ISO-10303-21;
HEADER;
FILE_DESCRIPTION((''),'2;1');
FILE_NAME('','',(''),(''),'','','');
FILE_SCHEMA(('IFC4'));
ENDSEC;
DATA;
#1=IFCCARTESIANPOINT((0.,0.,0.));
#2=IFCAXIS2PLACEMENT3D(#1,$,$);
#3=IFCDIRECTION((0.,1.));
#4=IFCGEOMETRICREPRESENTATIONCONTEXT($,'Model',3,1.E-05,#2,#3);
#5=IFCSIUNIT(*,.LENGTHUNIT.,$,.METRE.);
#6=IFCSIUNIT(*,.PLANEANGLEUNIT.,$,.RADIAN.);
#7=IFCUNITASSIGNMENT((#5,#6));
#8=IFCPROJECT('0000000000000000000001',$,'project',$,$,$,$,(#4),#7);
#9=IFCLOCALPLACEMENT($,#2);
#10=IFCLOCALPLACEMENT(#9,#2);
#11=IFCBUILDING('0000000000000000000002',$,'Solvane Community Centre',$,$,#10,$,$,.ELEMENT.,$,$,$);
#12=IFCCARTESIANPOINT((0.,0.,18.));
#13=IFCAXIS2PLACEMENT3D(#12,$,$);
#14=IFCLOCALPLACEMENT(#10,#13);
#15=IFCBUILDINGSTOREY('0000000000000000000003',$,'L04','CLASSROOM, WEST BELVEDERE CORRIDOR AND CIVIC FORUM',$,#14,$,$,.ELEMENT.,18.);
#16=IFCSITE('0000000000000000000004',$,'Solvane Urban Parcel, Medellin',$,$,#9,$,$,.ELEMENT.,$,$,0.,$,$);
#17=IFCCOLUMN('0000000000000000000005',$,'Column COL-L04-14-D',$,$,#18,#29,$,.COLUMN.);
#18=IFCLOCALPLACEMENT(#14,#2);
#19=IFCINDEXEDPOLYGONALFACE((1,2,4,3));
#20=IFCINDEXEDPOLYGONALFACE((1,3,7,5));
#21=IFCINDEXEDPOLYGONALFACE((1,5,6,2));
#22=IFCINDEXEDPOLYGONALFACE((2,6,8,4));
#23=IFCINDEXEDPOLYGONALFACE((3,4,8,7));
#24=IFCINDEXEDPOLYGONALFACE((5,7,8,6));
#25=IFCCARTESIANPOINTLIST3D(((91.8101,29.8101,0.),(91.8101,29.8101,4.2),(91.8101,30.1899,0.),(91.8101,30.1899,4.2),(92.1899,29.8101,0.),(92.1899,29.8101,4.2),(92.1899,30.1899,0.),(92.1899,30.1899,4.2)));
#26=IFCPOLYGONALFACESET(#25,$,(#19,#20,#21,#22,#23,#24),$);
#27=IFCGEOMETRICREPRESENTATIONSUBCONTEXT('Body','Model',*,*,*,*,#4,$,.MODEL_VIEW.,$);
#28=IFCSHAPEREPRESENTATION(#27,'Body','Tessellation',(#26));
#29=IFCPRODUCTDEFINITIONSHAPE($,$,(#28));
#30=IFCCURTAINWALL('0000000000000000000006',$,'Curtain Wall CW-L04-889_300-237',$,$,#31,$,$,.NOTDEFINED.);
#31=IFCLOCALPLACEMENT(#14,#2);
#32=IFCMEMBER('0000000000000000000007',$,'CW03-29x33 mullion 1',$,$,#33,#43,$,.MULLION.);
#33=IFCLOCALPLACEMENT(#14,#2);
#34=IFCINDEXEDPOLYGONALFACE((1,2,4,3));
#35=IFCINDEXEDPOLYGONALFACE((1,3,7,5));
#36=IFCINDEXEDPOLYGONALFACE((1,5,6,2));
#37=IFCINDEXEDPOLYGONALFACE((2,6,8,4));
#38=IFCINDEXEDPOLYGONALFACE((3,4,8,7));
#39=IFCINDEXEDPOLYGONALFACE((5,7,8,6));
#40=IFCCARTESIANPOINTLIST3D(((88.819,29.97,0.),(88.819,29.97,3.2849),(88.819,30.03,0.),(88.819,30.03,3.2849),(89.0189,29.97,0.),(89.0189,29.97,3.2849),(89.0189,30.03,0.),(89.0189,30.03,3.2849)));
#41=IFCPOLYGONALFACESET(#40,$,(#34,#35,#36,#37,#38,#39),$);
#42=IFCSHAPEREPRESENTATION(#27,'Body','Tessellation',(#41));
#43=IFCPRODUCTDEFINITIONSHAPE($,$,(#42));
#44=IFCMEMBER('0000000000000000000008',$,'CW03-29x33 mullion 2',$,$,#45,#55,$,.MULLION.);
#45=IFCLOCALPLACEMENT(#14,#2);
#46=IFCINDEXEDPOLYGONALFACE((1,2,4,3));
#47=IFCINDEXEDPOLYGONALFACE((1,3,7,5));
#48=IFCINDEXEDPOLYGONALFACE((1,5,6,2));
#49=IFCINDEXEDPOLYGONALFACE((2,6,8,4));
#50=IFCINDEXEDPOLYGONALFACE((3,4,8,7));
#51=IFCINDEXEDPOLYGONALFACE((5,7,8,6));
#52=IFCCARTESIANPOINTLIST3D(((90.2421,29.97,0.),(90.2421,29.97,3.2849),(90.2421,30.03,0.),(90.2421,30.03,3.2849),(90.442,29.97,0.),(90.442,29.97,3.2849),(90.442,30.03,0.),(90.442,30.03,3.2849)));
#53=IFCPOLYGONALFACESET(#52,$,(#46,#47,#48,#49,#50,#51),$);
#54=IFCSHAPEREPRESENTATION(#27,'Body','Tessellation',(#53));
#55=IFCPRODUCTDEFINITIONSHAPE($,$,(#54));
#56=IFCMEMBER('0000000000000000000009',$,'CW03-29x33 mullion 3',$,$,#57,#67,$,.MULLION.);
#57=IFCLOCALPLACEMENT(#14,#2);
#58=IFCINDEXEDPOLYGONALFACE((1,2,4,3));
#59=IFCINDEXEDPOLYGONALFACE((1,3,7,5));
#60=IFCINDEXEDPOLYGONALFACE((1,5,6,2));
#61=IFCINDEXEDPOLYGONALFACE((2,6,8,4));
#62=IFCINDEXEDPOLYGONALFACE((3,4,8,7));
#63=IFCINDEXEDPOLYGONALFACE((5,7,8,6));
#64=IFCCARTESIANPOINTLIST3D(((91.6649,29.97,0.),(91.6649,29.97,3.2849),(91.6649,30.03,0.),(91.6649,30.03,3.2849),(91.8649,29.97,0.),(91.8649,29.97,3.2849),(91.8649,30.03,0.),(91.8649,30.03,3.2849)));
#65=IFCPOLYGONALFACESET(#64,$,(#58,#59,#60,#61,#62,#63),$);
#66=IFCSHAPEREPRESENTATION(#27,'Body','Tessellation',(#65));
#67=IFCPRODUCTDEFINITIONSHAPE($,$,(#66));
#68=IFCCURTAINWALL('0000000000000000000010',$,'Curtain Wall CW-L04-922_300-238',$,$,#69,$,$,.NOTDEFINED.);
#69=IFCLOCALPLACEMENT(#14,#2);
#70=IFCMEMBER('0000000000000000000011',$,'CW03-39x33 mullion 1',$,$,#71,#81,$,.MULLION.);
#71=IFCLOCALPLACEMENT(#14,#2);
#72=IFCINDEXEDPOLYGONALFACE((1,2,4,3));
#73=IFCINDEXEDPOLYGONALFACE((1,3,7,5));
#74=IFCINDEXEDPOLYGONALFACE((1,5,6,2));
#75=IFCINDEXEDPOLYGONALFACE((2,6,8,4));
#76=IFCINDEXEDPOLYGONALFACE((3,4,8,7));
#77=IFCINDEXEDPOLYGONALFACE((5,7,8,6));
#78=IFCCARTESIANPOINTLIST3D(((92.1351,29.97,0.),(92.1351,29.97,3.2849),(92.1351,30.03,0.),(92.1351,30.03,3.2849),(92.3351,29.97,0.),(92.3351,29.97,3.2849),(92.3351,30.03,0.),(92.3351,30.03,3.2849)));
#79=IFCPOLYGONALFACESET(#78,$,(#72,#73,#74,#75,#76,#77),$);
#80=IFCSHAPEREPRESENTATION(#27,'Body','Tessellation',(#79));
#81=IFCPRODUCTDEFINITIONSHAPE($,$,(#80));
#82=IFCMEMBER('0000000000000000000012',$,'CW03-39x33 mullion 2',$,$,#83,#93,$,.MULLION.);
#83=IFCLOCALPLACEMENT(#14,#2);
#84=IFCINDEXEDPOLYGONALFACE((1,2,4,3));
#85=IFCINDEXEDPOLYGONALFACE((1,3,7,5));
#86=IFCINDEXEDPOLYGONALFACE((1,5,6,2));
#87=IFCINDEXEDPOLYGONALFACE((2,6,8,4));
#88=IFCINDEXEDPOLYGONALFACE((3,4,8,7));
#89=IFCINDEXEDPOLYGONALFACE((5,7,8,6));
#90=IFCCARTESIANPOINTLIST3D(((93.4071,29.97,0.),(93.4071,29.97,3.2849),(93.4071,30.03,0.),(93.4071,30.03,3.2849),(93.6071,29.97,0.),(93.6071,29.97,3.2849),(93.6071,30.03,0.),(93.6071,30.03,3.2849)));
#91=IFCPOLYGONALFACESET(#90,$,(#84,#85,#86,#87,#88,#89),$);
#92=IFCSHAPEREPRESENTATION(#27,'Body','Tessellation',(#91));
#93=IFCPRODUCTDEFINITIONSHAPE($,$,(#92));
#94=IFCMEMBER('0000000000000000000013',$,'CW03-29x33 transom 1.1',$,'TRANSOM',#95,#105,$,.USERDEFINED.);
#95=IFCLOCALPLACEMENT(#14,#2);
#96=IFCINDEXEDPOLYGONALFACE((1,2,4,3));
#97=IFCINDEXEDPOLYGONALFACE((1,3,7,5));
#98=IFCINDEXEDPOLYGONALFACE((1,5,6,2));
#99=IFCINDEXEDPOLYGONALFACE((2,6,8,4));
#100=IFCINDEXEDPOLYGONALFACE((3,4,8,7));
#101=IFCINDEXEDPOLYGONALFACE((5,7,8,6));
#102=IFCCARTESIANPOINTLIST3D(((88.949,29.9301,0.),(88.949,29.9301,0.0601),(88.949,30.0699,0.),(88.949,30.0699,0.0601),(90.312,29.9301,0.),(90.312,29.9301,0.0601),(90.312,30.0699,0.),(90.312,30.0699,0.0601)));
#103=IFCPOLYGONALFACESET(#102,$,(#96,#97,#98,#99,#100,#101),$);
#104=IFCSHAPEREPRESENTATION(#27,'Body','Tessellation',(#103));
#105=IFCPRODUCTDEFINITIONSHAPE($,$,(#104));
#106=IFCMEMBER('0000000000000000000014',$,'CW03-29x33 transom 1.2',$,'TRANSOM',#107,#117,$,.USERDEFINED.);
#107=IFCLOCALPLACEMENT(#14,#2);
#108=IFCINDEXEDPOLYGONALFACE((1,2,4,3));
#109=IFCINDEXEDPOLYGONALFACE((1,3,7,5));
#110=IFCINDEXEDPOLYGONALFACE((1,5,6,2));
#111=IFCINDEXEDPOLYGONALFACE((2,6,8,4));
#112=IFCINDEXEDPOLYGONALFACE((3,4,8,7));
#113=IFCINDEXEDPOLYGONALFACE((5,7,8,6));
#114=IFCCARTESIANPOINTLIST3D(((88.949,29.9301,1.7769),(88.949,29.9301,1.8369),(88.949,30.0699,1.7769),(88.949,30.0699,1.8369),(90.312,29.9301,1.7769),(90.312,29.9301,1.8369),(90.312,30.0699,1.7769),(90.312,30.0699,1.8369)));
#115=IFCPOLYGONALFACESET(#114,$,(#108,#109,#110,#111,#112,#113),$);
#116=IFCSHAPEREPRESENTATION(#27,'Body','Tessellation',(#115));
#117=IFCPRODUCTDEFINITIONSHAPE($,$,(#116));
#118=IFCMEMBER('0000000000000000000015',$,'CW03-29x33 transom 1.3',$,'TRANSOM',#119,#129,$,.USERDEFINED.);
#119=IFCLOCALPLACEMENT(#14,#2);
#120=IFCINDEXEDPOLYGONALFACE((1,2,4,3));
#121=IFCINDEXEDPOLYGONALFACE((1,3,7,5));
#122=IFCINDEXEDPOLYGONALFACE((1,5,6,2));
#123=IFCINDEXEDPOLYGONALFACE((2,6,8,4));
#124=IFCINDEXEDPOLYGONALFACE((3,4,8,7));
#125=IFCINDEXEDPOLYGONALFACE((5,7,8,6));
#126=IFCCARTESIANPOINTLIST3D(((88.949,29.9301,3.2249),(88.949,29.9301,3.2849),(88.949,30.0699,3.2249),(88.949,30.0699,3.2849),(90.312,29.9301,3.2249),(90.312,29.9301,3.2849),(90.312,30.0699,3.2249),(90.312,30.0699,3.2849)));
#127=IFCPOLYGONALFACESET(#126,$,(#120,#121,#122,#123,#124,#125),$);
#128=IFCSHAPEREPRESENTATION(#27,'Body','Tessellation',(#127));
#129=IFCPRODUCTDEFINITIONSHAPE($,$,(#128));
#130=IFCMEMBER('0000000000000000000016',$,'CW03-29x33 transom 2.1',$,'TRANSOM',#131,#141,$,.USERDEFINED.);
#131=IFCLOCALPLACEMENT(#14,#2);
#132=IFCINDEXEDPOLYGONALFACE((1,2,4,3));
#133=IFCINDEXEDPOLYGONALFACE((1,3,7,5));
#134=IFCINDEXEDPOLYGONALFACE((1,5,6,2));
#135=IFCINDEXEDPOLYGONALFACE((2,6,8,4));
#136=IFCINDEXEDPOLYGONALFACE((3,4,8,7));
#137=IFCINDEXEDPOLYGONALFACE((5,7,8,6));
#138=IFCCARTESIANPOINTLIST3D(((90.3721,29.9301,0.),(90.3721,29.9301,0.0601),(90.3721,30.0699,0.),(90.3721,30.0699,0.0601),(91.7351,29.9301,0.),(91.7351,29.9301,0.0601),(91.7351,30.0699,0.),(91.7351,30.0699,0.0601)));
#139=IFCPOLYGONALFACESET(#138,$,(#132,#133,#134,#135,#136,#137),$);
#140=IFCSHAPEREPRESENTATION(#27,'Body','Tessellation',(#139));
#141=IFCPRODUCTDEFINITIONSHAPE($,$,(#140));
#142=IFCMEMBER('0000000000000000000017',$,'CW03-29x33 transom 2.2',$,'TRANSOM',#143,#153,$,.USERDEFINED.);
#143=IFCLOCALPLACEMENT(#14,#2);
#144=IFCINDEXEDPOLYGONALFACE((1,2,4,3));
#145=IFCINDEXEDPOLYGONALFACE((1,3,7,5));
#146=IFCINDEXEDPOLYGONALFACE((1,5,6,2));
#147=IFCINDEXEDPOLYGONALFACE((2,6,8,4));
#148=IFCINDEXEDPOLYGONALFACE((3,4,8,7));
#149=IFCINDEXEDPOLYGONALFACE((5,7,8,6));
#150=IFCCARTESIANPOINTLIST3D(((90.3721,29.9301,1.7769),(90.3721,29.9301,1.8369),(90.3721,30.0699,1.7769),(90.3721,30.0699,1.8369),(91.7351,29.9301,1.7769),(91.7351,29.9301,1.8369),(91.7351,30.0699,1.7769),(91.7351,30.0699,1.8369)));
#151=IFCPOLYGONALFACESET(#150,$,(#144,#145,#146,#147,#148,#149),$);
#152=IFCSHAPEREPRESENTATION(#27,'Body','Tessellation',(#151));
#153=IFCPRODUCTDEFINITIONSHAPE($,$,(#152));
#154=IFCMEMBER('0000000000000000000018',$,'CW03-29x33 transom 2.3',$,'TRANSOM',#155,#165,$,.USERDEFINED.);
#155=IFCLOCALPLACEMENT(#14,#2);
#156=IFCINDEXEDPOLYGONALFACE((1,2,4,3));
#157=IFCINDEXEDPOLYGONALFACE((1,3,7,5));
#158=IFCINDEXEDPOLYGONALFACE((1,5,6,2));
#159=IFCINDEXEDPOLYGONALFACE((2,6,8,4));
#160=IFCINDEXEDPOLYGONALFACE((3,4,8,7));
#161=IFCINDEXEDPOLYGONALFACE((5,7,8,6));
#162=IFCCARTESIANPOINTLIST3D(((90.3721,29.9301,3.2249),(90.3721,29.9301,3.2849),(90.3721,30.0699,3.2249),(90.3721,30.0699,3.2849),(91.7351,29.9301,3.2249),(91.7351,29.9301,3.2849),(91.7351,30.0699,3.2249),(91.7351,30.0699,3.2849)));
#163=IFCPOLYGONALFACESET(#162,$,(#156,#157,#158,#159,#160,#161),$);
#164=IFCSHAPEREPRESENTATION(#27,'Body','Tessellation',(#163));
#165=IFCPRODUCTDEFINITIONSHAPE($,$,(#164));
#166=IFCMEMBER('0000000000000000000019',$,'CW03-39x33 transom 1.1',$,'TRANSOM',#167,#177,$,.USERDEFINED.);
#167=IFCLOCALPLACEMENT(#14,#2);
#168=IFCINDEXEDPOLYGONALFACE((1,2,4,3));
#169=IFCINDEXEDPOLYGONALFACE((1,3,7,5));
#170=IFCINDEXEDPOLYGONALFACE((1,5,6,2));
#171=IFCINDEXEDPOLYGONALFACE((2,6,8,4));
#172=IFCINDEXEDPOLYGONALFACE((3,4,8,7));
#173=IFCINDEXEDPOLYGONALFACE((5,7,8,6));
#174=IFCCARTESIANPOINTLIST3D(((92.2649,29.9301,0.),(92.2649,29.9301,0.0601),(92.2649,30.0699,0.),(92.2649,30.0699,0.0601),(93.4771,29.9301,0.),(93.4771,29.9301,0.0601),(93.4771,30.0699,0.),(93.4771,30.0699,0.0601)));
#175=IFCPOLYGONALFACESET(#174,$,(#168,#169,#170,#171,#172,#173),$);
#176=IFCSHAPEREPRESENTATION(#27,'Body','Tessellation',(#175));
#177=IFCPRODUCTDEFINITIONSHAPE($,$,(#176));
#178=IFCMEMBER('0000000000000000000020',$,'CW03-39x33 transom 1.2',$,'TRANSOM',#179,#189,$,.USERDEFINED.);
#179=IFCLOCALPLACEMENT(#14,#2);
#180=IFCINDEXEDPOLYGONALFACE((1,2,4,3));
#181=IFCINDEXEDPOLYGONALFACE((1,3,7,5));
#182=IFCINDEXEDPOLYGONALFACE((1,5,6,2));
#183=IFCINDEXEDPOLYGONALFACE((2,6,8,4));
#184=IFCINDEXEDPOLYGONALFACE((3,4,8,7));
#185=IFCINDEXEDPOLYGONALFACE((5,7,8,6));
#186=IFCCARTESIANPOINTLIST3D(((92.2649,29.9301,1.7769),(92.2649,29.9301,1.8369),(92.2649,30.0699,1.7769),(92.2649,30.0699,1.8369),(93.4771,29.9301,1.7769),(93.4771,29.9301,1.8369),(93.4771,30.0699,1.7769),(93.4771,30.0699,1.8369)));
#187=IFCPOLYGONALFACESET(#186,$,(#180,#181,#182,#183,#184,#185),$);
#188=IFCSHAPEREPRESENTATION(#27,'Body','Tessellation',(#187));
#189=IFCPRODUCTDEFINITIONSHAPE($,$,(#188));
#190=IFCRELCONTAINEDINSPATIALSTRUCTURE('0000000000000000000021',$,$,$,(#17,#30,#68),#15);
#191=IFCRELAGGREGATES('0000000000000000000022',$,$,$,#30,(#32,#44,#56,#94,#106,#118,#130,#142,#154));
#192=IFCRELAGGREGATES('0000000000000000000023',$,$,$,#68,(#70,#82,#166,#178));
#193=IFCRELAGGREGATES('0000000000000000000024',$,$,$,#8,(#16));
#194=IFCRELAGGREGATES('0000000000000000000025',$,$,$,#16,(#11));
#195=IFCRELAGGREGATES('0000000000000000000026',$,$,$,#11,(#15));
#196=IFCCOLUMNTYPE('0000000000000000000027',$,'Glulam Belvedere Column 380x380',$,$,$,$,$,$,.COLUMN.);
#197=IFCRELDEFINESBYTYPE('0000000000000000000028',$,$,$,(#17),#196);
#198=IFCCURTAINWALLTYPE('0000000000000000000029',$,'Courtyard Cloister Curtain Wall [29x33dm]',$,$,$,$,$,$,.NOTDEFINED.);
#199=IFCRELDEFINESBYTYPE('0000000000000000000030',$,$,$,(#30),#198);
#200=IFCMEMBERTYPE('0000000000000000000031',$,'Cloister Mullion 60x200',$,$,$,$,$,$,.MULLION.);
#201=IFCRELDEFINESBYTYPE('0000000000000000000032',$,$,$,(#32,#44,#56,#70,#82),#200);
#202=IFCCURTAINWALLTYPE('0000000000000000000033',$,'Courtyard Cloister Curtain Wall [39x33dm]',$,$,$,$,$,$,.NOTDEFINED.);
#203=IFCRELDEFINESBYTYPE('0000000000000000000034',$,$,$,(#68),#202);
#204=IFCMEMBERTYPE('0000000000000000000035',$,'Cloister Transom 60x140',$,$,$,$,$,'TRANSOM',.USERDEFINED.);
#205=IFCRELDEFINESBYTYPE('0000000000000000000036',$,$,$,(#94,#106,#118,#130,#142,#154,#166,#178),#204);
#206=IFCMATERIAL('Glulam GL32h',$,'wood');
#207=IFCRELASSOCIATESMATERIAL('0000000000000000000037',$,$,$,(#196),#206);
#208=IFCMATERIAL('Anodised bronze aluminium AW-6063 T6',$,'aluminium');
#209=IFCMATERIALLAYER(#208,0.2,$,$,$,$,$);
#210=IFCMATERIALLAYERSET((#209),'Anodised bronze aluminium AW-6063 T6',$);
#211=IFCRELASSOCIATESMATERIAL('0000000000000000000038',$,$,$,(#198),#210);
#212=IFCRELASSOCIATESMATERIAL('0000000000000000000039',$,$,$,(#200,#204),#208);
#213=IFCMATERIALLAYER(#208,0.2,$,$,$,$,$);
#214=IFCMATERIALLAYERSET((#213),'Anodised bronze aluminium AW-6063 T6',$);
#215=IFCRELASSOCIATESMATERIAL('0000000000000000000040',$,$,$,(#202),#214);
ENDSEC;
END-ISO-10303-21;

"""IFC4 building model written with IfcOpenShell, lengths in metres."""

from ifc_helpers import new_model, si_unit, direction, frame, origin, origin_2d, place, context, subcontext, project, spatial, rectangle, extrude, material, layer, layer_set, material_profile, profile_set, type_object, element, aggregate, save


model = new_model("IFC4")

# Units and contexts
model_context = context("Model", 3, precision=1e-05, world=origin(), true_north=direction((0.0, 1.0)))
body_context = subcontext(model_context, "Body", "Model", "MODEL_VIEW")
ifc_project = project(units=[si_unit("LENGTHUNIT", "METRE"), si_unit("PLANEANGLEUNIT", "RADIAN")], contexts=[model_context])

# Site, building, storey
site_placement = place(None, origin())
site = spatial("IfcSite", under=ifc_project, at=site_placement, Name="Solvane Urban Parcel, Medellin", CompositionType="ELEMENT", RefElevation=0.0)
building_placement = place(site_placement, origin())
building = spatial("IfcBuilding", under=site, at=building_placement, Name="Solvane Community Centre", CompositionType="ELEMENT")
storey_placement = place(building_placement, frame((0.0, 0.0, 18.0)))
storey = spatial("IfcBuildingStorey", under=building, at=storey_placement, Name="L04", Description="CLASSROOM, WEST BELVEDERE CORRIDOR AND CIVIC FORUM", CompositionType="ELEMENT", Elevation=18.0)

# Column
ifc_material_1 = material(Name="Glulam GL32h", Category="wood")
ifc_material_profile_1 = material_profile(ifc_material_1, rectangle(XDim=0.3799, YDim=0.3799, at=origin_2d()), Name="GL32h 380x380")
ifc_profile_set_1 = profile_set([ifc_material_profile_1], Name="Glulam GL32h")
column_type = type_object("IfcColumnType", Name="Glulam Belvedere Column 380x380", PredefinedType="COLUMN", material=ifc_profile_set_1)
column_placement = place(storey_placement, frame((92.0, 30.0, 0.0), z_axis=(0.0, 0.0, 1.0), x_axis=(1.0, 0.0, 0.0)))
element("IfcColumn", 1, at=column_placement, inside=storey, type_object=column_type, Name="Column COL-L04-14-D", PredefinedType="COLUMN", context=body_context, shape_type="SweptSolid", body=[
    extrude(rectangle(XDim=0.3799, YDim=0.3799, at=origin_2d()), origin(), (0.0, 0.0, 1.0), 4.2),
])

# Curtain walls, members
ifc_material_2 = material(Name="Anodised bronze aluminium AW-6063 T6", Category="aluminium")
ifc_layer_1 = layer(ifc_material_2, 0.2)
ifc_layer_set_1 = layer_set([ifc_layer_1], Name="Anodised bronze aluminium AW-6063 T6")
curtain_wall_type_1 = type_object("IfcCurtainWallType", Name="Courtyard Cloister Curtain Wall [29x33dm]", PredefinedType="NOTDEFINED", material=ifc_layer_set_1)
curtain_wall_1_placement = place(storey_placement, origin())
curtain_wall_1 = element("IfcCurtainWall", 2, at=curtain_wall_1_placement, inside=storey, type_object=curtain_wall_type_1, Name="Curtain Wall CW-L04-889_300-237", PredefinedType="NOTDEFINED")
ifc_material_profile_2 = material_profile(ifc_material_2, rectangle(XDim=0.0601, YDim=0.2, at=origin_2d()), Name="CW-M 60x200")
ifc_profile_set_2 = profile_set([ifc_material_profile_2], Name="Anodised bronze aluminium AW-6063 T6")
member_type_1 = type_object("IfcMemberType", Name="Cloister Mullion 60x200", PredefinedType="MULLION", material=ifc_profile_set_2)
member_1_placement = place(storey_placement, frame((88.9189, 30.0, 0.0), z_axis=(0.0, 0.0, 1.0), x_axis=(0.0, 1.0, 0.0)))
member_1 = element("IfcMember", 3, at=member_1_placement, type_object=member_type_1, Name="CW03-29x33 mullion 1", PredefinedType="MULLION", context=body_context, shape_type="SweptSolid", body=[
    extrude(rectangle(XDim=0.0601, YDim=0.2, at=origin_2d()), origin(), (0.0, 0.0, 1.0), 3.2849),
])
member_2_placement = place(storey_placement, frame((90.342, 30.0, 0.0), z_axis=(0.0, 0.0, 1.0), x_axis=(0.0, 1.0, 0.0)))
member_2 = element("IfcMember", 4, at=member_2_placement, type_object=member_type_1, Name="CW03-29x33 mullion 2", PredefinedType="MULLION", context=body_context, shape_type="SweptSolid", body=[
    extrude(rectangle(XDim=0.0601, YDim=0.2, at=origin_2d()), origin(), (0.0, 0.0, 1.0), 3.2849),
])
member_3_placement = place(storey_placement, frame((91.7649, 30.0, 0.0), z_axis=(0.0, 0.0, 1.0), x_axis=(0.0, 1.0, 0.0)))
member_3 = element("IfcMember", 5, at=member_3_placement, type_object=member_type_1, Name="CW03-29x33 mullion 3", PredefinedType="MULLION", context=body_context, shape_type="SweptSolid", body=[
    extrude(rectangle(XDim=0.0601, YDim=0.2, at=origin_2d()), origin(), (0.0, 0.0, 1.0), 3.2849),
])
ifc_layer_2 = layer(ifc_material_2, 0.2)
ifc_layer_set_2 = layer_set([ifc_layer_2], Name="Anodised bronze aluminium AW-6063 T6")
curtain_wall_type_2 = type_object("IfcCurtainWallType", Name="Courtyard Cloister Curtain Wall [39x33dm]", PredefinedType="NOTDEFINED", material=ifc_layer_set_2)
curtain_wall_2_placement = place(storey_placement, origin())
curtain_wall_2 = element("IfcCurtainWall", 6, at=curtain_wall_2_placement, inside=storey, type_object=curtain_wall_type_2, Name="Curtain Wall CW-L04-922_300-238", PredefinedType="NOTDEFINED")
member_4_placement = place(storey_placement, frame((92.2351, 30.0, 0.0), z_axis=(0.0, 0.0, 1.0), x_axis=(0.0, 1.0, 0.0)))
member_4 = element("IfcMember", 7, at=member_4_placement, type_object=member_type_1, Name="CW03-39x33 mullion 1", PredefinedType="MULLION", context=body_context, shape_type="SweptSolid", body=[
    extrude(rectangle(XDim=0.0601, YDim=0.2, at=origin_2d()), origin(), (0.0, 0.0, 1.0), 3.2849),
])
member_5_placement = place(storey_placement, frame((93.5071, 30.0, 0.0), z_axis=(0.0, 0.0, 1.0), x_axis=(0.0, 1.0, 0.0)))
member_5 = element("IfcMember", 8, at=member_5_placement, type_object=member_type_1, Name="CW03-39x33 mullion 2", PredefinedType="MULLION", context=body_context, shape_type="SweptSolid", body=[
    extrude(rectangle(XDim=0.0601, YDim=0.2, at=origin_2d()), origin(), (0.0, 0.0, 1.0), 3.2849),
])

# Members
ifc_material_profile_3 = material_profile(ifc_material_2, rectangle(XDim=0.1399, YDim=0.0601, at=origin_2d()), Name="CW-T 60x140")
ifc_profile_set_3 = profile_set([ifc_material_profile_3], Name="Anodised bronze aluminium AW-6063 T6")
member_type_2 = type_object("IfcMemberType", Name="Cloister Transom 60x140", ElementType="TRANSOM", PredefinedType="USERDEFINED", material=ifc_profile_set_3)
member_6_placement = place(storey_placement, frame((88.949, 30.0, 0.03), z_axis=(1.0, 0.0, 0.0), x_axis=(0.0, 1.0, 0.0)))
member_6 = element("IfcMember", 9, at=member_6_placement, type_object=member_type_2, Name="CW03-29x33 transom 1.1", ObjectType="TRANSOM", PredefinedType="USERDEFINED", context=body_context, shape_type="SweptSolid", body=[
    extrude(rectangle(XDim=0.1399, YDim=0.0601, at=origin_2d()), origin(), (0.0, 0.0, 1.0), 1.363),
])
member_7_placement = place(storey_placement, frame((88.949, 30.0, 1.8069), z_axis=(1.0, 0.0, 0.0), x_axis=(0.0, 1.0, 0.0)))
member_7 = element("IfcMember", 10, at=member_7_placement, type_object=member_type_2, Name="CW03-29x33 transom 1.2", ObjectType="TRANSOM", PredefinedType="USERDEFINED", context=body_context, shape_type="SweptSolid", body=[
    extrude(rectangle(XDim=0.1399, YDim=0.0601, at=origin_2d()), origin(), (0.0, 0.0, 1.0), 1.363),
])
member_8_placement = place(storey_placement, frame((88.949, 30.0, 3.2549), z_axis=(1.0, 0.0, 0.0), x_axis=(0.0, 1.0, 0.0)))
member_8 = element("IfcMember", 11, at=member_8_placement, type_object=member_type_2, Name="CW03-29x33 transom 1.3", ObjectType="TRANSOM", PredefinedType="USERDEFINED", context=body_context, shape_type="SweptSolid", body=[
    extrude(rectangle(XDim=0.1399, YDim=0.0601, at=origin_2d()), origin(), (0.0, 0.0, 1.0), 1.363),
])
member_9_placement = place(storey_placement, frame((90.3721, 30.0, 0.03), z_axis=(1.0, 0.0, 0.0), x_axis=(0.0, 1.0, 0.0)))
member_9 = element("IfcMember", 12, at=member_9_placement, type_object=member_type_2, Name="CW03-29x33 transom 2.1", ObjectType="TRANSOM", PredefinedType="USERDEFINED", context=body_context, shape_type="SweptSolid", body=[
    extrude(rectangle(XDim=0.1399, YDim=0.0601, at=origin_2d()), origin(), (0.0, 0.0, 1.0), 1.363),
])
member_10_placement = place(storey_placement, frame((90.3721, 30.0, 1.8069), z_axis=(1.0, 0.0, 0.0), x_axis=(0.0, 1.0, 0.0)))
member_10 = element("IfcMember", 13, at=member_10_placement, type_object=member_type_2, Name="CW03-29x33 transom 2.2", ObjectType="TRANSOM", PredefinedType="USERDEFINED", context=body_context, shape_type="SweptSolid", body=[
    extrude(rectangle(XDim=0.1399, YDim=0.0601, at=origin_2d()), origin(), (0.0, 0.0, 1.0), 1.363),
])
member_11_placement = place(storey_placement, frame((90.3721, 30.0, 3.2549), z_axis=(1.0, 0.0, 0.0), x_axis=(0.0, 1.0, 0.0)))
member_11 = element("IfcMember", 14, at=member_11_placement, type_object=member_type_2, Name="CW03-29x33 transom 2.3", ObjectType="TRANSOM", PredefinedType="USERDEFINED", context=body_context, shape_type="SweptSolid", body=[
    extrude(rectangle(XDim=0.1399, YDim=0.0601, at=origin_2d()), origin(), (0.0, 0.0, 1.0), 1.363),
])
member_12_placement = place(storey_placement, frame((92.2649, 30.0, 0.03), z_axis=(1.0, 0.0, 0.0), x_axis=(0.0, 1.0, 0.0)))
member_12 = element("IfcMember", 15, at=member_12_placement, type_object=member_type_2, Name="CW03-39x33 transom 1.1", ObjectType="TRANSOM", PredefinedType="USERDEFINED", context=body_context, shape_type="SweptSolid", body=[
    extrude(rectangle(XDim=0.1399, YDim=0.0601, at=origin_2d()), origin(), (0.0, 0.0, 1.0), 1.2122),
])
member_13_placement = place(storey_placement, frame((92.2649, 30.0, 1.8069), z_axis=(1.0, 0.0, 0.0), x_axis=(0.0, 1.0, 0.0)))
member_13 = element("IfcMember", 16, at=member_13_placement, type_object=member_type_2, Name="CW03-39x33 transom 1.2", ObjectType="TRANSOM", PredefinedType="USERDEFINED", context=body_context, shape_type="SweptSolid", body=[
    extrude(rectangle(XDim=0.1399, YDim=0.0601, at=origin_2d()), origin(), (0.0, 0.0, 1.0), 1.2122),
])

aggregate(curtain_wall_1, [member_1, member_2, member_3, member_6, member_7, member_8, member_9, member_10, member_11])
aggregate(curtain_wall_2, [member_4, member_5, member_12, member_13])

save(model, "model.ifc")
